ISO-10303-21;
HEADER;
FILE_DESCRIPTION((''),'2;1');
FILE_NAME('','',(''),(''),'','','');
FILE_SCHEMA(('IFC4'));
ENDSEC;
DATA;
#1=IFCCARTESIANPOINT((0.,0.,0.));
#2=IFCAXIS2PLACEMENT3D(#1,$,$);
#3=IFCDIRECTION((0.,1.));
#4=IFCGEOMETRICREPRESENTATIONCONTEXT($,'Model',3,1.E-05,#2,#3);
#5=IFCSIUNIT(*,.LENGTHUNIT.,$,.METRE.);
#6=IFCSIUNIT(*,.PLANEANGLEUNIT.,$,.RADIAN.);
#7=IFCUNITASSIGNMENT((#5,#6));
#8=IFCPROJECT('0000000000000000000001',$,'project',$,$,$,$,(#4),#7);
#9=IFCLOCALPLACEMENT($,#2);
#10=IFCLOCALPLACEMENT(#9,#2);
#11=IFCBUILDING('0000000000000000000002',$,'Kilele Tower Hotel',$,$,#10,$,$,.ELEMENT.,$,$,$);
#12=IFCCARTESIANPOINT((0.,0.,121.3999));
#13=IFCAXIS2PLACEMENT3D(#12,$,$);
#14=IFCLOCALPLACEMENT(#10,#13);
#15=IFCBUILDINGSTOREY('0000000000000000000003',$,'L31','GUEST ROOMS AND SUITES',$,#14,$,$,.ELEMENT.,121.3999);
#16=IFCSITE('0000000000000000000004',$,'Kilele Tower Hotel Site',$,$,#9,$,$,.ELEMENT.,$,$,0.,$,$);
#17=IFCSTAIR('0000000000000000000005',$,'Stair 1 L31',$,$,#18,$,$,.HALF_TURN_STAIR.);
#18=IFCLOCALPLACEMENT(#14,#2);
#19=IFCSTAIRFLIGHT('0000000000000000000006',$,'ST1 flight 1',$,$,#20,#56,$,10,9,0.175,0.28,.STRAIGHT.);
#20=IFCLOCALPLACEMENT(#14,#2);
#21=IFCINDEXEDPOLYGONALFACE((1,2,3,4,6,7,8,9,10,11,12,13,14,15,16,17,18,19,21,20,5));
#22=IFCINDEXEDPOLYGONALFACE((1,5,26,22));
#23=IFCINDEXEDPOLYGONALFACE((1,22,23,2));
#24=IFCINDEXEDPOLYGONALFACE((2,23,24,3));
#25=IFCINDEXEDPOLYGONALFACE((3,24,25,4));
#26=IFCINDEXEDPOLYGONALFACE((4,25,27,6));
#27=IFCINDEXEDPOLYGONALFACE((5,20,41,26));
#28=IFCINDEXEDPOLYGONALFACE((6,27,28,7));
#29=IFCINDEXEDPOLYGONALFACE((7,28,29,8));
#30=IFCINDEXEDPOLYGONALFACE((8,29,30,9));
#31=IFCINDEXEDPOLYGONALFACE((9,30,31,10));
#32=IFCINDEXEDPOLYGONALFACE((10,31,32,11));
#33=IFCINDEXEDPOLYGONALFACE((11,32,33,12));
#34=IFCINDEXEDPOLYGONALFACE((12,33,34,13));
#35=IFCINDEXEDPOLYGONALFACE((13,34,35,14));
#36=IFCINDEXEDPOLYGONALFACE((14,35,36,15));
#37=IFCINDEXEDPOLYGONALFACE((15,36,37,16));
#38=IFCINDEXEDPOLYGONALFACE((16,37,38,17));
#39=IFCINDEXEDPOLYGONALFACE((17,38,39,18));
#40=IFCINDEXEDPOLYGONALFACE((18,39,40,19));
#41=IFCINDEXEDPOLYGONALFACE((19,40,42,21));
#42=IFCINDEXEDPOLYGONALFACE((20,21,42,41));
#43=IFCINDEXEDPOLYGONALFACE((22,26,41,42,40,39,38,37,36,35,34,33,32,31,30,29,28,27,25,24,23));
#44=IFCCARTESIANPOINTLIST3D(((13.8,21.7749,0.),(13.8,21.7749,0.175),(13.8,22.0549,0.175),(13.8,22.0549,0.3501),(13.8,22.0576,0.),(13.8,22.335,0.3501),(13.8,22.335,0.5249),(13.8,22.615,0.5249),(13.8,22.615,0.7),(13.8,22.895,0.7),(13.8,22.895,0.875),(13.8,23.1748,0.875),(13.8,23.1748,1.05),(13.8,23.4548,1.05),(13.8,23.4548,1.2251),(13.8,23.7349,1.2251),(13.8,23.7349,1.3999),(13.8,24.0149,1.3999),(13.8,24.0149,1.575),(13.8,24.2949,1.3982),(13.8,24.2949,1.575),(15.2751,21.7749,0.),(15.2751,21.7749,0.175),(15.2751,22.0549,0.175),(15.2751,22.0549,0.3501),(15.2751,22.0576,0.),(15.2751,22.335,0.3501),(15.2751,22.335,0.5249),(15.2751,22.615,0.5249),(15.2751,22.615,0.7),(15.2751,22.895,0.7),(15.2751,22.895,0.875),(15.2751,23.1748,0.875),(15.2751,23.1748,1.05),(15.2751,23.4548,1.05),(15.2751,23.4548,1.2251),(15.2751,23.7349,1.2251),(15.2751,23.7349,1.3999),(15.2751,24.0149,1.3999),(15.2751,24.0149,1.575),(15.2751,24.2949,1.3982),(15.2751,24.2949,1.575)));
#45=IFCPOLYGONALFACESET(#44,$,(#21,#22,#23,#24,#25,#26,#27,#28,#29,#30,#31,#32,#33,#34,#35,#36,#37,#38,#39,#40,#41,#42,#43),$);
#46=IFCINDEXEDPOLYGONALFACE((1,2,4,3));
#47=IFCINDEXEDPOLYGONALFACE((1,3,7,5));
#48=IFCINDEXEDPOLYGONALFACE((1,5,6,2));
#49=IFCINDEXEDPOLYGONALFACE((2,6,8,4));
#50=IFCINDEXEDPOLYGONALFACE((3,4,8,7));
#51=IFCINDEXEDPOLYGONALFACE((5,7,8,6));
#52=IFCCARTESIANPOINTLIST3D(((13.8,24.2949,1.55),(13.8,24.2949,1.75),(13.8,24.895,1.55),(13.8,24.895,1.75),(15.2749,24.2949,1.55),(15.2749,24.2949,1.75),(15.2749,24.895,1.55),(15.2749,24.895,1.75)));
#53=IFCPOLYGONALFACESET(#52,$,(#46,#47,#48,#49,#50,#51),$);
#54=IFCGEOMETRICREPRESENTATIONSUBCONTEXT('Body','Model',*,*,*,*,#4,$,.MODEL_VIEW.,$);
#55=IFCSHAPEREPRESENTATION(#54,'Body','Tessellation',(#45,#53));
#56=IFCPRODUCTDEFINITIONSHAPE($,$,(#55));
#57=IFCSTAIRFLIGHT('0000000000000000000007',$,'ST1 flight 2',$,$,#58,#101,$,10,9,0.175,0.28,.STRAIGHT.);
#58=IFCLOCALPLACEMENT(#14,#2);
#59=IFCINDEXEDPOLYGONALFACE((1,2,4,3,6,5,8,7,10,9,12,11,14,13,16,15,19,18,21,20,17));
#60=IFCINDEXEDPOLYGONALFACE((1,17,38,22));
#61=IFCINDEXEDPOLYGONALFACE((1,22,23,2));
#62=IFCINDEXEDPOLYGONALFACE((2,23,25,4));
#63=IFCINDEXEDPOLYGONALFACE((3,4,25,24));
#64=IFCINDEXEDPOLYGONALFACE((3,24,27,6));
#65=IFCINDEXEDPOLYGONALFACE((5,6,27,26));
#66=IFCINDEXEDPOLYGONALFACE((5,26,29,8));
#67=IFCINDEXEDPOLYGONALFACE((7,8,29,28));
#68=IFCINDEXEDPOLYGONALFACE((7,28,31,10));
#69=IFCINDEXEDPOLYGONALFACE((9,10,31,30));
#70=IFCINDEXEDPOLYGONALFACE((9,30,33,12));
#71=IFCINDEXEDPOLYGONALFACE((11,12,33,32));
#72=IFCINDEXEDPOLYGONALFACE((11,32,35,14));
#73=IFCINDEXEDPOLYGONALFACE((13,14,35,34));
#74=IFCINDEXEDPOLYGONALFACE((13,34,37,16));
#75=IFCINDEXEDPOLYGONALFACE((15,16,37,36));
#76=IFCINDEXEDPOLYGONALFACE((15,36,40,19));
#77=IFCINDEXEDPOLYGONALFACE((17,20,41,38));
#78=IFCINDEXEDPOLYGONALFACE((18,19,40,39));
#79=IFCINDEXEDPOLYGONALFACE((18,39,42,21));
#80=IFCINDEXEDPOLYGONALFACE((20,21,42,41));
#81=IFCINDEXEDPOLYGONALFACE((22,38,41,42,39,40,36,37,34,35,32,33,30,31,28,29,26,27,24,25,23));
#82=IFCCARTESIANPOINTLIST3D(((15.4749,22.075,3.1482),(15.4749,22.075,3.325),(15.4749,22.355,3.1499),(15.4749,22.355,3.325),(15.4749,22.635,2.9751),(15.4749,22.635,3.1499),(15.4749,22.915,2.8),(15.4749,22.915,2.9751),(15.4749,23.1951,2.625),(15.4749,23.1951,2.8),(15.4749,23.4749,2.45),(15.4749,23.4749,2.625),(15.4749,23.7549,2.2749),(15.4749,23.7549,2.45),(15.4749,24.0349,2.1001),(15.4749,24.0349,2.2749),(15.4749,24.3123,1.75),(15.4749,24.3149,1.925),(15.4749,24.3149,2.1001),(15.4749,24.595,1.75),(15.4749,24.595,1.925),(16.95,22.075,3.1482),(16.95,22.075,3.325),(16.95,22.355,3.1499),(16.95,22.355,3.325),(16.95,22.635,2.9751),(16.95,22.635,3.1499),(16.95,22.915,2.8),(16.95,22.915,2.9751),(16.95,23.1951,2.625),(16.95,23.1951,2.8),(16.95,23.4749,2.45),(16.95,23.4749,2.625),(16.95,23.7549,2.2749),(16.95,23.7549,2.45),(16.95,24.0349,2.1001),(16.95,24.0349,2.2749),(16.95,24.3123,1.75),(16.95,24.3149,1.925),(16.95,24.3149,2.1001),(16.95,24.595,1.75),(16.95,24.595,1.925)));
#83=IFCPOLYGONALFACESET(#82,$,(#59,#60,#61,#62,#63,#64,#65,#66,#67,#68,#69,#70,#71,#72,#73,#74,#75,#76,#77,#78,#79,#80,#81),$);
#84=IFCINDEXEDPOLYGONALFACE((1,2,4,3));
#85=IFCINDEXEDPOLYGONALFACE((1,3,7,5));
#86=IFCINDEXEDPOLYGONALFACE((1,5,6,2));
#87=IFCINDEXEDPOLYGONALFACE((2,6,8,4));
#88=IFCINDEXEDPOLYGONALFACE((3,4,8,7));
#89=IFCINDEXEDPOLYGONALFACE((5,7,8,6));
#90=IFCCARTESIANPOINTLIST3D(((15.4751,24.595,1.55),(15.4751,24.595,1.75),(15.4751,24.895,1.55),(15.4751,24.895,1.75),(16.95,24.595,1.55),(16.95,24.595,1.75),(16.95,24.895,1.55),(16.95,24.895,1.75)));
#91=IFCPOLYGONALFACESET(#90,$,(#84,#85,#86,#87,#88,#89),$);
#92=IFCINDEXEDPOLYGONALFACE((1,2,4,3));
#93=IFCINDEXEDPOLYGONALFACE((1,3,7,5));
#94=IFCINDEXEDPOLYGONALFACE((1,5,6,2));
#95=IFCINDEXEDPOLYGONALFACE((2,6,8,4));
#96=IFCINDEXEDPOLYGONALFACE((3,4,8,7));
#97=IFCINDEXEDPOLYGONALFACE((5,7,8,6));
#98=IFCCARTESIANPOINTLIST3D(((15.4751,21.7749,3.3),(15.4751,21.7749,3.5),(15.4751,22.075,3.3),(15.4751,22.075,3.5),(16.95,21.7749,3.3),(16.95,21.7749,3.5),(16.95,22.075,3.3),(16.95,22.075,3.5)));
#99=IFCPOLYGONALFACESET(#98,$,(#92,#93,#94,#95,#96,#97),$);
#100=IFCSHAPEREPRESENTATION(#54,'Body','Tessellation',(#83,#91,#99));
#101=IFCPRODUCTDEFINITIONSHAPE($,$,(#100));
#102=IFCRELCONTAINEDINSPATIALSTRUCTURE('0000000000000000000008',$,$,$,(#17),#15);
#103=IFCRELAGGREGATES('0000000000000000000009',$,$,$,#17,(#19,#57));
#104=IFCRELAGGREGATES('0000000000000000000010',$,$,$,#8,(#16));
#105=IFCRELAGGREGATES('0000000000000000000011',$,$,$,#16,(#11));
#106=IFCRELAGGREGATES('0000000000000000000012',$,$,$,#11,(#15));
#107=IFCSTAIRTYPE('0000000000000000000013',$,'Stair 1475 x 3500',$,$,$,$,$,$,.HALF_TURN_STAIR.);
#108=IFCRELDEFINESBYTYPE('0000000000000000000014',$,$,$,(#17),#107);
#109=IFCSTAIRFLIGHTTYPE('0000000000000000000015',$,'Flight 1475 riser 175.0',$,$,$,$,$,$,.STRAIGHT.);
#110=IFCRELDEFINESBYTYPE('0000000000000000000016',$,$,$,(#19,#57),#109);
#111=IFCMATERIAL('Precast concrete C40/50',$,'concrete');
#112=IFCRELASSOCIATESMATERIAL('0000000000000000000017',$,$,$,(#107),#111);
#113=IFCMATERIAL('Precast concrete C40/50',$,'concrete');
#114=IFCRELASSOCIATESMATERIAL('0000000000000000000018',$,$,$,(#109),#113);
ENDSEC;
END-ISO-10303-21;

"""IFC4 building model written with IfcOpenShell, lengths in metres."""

from ifc_helpers import new_model, si_unit, direction, frame, origin, place, context, subcontext, project, spatial, polyline, outline, extrude, material, type_object, element, aggregate, save


model = new_model("IFC4")

# Units and contexts
model_context = context("Model", 3, precision=1e-05, world=origin(), true_north=direction((0.0, 1.0)))
body_context = subcontext(model_context, "Body", "Model", "MODEL_VIEW")
ifc_project = project(units=[si_unit("LENGTHUNIT", "METRE"), si_unit("PLANEANGLEUNIT", "RADIAN")], contexts=[model_context])

# Site, building, storey
site_placement = place(None, origin())
site = spatial("IfcSite", under=ifc_project, at=site_placement, Name="Kilele Tower Hotel Site", CompositionType="ELEMENT", RefElevation=0.0)
building_placement = place(site_placement, origin())
building = spatial("IfcBuilding", under=site, at=building_placement, Name="Kilele Tower Hotel", CompositionType="ELEMENT")
storey_placement = place(building_placement, frame((0.0, 0.0, 121.3999)))
storey = spatial("IfcBuildingStorey", under=building, at=storey_placement, Name="L31", Description="GUEST ROOMS AND SUITES", CompositionType="ELEMENT", Elevation=121.3999)

# Stair, stair flights
ifc_material_1 = material(Name="Precast concrete C40/50", Category="concrete")
stair_type = type_object("IfcStairType", Name="Stair 1475 x 3500", PredefinedType="HALF_TURN_STAIR", material=ifc_material_1)
stair_placement = place(storey_placement, origin())
stair = element("IfcStair", 1, at=stair_placement, inside=storey, type_object=stair_type, Name="Stair 1 L31", PredefinedType="HALF_TURN_STAIR")
ifc_material_2 = material(Name="Precast concrete C40/50", Category="concrete")
stair_flight_type = type_object("IfcStairFlightType", Name="Flight 1475 riser 175.0", PredefinedType="STRAIGHT", material=ifc_material_2)
stair_flight_1_placement = place(storey_placement, frame((14.5376, 21.7749, 0.0), z_axis=(0.0, 0.0, 1.0), x_axis=(0.0, 1.0, 0.0)))
stair_flight_1 = element("IfcStairFlight", 2, at=stair_flight_1_placement, type_object=stair_flight_type, Name="ST1 flight 1", NumberOfRisers=10, NumberOfTreads=9, PredefinedType="STRAIGHT", RiserHeight=0.175, TreadLength=0.28, context=body_context, shape_type="SweptSolid", body=[
    extrude(outline(polyline([(0.0, 0.0), (0.0, 0.175), (0.28, 0.175), (0.28, 0.3501), (0.5601, 0.3501), (0.5601, 0.5249), (0.8401, 0.5249), (0.8401, 0.7), (1.1201, 0.7), (1.1201, 0.875), (1.3999, 0.875), (1.3999, 1.05), (1.6799, 1.05), (1.6799, 1.2251), (1.96, 1.2251), (1.96, 1.3999), (2.24, 1.3999), (2.24, 1.575), (2.52, 1.575), (2.52, 1.75), (2.52, 1.3982), (0.2827, 0.0), (0.0, 0.0)])), frame((0.0, 0.7375, 0.0), z_axis=(0.0, -1.0, 0.0), x_axis=(1.0, 0.0, 0.0)), (0.0, 0.0, 1.0), 1.4751),
    extrude(outline(polyline([(2.52, 0.7375), (2.52, -0.7373), (3.1201, -0.7373), (3.1201, 0.7375), (2.52, 0.7375)])), frame((0.0, 0.0, 1.55)), (0.0, 0.0, 1.0), 0.2),
])
stair_flight_2_placement = place(storey_placement, frame((16.2124, 24.595, 1.75), z_axis=(0.0, 0.0, 1.0), x_axis=(0.0, -1.0, 0.0)))
stair_flight_2 = element("IfcStairFlight", 3, at=stair_flight_2_placement, type_object=stair_flight_type, Name="ST1 flight 2", NumberOfRisers=10, NumberOfTreads=9, PredefinedType="STRAIGHT", RiserHeight=0.175, TreadLength=0.28, context=body_context, shape_type="SweptSolid", body=[
    extrude(outline(polyline([(0.0, 0.0), (0.0, 0.175), (0.28, 0.175), (0.28, 0.3501), (0.5601, 0.3501), (0.5601, 0.5249), (0.8401, 0.5249), (0.8401, 0.7), (1.1201, 0.7), (1.1201, 0.875), (1.3999, 0.875), (1.3999, 1.05), (1.6799, 1.05), (1.6799, 1.2251), (1.96, 1.2251), (1.96, 1.3999), (2.24, 1.3999), (2.24, 1.575), (2.52, 1.575), (2.52, 1.75), (2.52, 1.3982), (0.2827, 0.0), (0.0, 0.0)])), frame((0.0, 0.7375, 0.0), z_axis=(0.0, -1.0, 0.0), x_axis=(1.0, 0.0, 0.0)), (0.0, 0.0, 1.0), 1.4751),
    extrude(outline(polyline([(0.0, -0.7373), (0.0, 0.7375), (-0.3, 0.7375), (-0.3, -0.7373), (0.0, -0.7373)])), frame((0.0, 0.0, -0.2)), (0.0, 0.0, 1.0), 0.2),
    extrude(outline(polyline([(2.8201, -0.7373), (2.8201, 0.7375), (2.52, 0.7375), (2.52, -0.7373), (2.8201, -0.7373)])), frame((0.0, 0.0, 1.55)), (0.0, 0.0, 1.0), 0.2),
])
aggregate(stair, [stair_flight_1, stair_flight_2])

save(model, "model.ifc")
